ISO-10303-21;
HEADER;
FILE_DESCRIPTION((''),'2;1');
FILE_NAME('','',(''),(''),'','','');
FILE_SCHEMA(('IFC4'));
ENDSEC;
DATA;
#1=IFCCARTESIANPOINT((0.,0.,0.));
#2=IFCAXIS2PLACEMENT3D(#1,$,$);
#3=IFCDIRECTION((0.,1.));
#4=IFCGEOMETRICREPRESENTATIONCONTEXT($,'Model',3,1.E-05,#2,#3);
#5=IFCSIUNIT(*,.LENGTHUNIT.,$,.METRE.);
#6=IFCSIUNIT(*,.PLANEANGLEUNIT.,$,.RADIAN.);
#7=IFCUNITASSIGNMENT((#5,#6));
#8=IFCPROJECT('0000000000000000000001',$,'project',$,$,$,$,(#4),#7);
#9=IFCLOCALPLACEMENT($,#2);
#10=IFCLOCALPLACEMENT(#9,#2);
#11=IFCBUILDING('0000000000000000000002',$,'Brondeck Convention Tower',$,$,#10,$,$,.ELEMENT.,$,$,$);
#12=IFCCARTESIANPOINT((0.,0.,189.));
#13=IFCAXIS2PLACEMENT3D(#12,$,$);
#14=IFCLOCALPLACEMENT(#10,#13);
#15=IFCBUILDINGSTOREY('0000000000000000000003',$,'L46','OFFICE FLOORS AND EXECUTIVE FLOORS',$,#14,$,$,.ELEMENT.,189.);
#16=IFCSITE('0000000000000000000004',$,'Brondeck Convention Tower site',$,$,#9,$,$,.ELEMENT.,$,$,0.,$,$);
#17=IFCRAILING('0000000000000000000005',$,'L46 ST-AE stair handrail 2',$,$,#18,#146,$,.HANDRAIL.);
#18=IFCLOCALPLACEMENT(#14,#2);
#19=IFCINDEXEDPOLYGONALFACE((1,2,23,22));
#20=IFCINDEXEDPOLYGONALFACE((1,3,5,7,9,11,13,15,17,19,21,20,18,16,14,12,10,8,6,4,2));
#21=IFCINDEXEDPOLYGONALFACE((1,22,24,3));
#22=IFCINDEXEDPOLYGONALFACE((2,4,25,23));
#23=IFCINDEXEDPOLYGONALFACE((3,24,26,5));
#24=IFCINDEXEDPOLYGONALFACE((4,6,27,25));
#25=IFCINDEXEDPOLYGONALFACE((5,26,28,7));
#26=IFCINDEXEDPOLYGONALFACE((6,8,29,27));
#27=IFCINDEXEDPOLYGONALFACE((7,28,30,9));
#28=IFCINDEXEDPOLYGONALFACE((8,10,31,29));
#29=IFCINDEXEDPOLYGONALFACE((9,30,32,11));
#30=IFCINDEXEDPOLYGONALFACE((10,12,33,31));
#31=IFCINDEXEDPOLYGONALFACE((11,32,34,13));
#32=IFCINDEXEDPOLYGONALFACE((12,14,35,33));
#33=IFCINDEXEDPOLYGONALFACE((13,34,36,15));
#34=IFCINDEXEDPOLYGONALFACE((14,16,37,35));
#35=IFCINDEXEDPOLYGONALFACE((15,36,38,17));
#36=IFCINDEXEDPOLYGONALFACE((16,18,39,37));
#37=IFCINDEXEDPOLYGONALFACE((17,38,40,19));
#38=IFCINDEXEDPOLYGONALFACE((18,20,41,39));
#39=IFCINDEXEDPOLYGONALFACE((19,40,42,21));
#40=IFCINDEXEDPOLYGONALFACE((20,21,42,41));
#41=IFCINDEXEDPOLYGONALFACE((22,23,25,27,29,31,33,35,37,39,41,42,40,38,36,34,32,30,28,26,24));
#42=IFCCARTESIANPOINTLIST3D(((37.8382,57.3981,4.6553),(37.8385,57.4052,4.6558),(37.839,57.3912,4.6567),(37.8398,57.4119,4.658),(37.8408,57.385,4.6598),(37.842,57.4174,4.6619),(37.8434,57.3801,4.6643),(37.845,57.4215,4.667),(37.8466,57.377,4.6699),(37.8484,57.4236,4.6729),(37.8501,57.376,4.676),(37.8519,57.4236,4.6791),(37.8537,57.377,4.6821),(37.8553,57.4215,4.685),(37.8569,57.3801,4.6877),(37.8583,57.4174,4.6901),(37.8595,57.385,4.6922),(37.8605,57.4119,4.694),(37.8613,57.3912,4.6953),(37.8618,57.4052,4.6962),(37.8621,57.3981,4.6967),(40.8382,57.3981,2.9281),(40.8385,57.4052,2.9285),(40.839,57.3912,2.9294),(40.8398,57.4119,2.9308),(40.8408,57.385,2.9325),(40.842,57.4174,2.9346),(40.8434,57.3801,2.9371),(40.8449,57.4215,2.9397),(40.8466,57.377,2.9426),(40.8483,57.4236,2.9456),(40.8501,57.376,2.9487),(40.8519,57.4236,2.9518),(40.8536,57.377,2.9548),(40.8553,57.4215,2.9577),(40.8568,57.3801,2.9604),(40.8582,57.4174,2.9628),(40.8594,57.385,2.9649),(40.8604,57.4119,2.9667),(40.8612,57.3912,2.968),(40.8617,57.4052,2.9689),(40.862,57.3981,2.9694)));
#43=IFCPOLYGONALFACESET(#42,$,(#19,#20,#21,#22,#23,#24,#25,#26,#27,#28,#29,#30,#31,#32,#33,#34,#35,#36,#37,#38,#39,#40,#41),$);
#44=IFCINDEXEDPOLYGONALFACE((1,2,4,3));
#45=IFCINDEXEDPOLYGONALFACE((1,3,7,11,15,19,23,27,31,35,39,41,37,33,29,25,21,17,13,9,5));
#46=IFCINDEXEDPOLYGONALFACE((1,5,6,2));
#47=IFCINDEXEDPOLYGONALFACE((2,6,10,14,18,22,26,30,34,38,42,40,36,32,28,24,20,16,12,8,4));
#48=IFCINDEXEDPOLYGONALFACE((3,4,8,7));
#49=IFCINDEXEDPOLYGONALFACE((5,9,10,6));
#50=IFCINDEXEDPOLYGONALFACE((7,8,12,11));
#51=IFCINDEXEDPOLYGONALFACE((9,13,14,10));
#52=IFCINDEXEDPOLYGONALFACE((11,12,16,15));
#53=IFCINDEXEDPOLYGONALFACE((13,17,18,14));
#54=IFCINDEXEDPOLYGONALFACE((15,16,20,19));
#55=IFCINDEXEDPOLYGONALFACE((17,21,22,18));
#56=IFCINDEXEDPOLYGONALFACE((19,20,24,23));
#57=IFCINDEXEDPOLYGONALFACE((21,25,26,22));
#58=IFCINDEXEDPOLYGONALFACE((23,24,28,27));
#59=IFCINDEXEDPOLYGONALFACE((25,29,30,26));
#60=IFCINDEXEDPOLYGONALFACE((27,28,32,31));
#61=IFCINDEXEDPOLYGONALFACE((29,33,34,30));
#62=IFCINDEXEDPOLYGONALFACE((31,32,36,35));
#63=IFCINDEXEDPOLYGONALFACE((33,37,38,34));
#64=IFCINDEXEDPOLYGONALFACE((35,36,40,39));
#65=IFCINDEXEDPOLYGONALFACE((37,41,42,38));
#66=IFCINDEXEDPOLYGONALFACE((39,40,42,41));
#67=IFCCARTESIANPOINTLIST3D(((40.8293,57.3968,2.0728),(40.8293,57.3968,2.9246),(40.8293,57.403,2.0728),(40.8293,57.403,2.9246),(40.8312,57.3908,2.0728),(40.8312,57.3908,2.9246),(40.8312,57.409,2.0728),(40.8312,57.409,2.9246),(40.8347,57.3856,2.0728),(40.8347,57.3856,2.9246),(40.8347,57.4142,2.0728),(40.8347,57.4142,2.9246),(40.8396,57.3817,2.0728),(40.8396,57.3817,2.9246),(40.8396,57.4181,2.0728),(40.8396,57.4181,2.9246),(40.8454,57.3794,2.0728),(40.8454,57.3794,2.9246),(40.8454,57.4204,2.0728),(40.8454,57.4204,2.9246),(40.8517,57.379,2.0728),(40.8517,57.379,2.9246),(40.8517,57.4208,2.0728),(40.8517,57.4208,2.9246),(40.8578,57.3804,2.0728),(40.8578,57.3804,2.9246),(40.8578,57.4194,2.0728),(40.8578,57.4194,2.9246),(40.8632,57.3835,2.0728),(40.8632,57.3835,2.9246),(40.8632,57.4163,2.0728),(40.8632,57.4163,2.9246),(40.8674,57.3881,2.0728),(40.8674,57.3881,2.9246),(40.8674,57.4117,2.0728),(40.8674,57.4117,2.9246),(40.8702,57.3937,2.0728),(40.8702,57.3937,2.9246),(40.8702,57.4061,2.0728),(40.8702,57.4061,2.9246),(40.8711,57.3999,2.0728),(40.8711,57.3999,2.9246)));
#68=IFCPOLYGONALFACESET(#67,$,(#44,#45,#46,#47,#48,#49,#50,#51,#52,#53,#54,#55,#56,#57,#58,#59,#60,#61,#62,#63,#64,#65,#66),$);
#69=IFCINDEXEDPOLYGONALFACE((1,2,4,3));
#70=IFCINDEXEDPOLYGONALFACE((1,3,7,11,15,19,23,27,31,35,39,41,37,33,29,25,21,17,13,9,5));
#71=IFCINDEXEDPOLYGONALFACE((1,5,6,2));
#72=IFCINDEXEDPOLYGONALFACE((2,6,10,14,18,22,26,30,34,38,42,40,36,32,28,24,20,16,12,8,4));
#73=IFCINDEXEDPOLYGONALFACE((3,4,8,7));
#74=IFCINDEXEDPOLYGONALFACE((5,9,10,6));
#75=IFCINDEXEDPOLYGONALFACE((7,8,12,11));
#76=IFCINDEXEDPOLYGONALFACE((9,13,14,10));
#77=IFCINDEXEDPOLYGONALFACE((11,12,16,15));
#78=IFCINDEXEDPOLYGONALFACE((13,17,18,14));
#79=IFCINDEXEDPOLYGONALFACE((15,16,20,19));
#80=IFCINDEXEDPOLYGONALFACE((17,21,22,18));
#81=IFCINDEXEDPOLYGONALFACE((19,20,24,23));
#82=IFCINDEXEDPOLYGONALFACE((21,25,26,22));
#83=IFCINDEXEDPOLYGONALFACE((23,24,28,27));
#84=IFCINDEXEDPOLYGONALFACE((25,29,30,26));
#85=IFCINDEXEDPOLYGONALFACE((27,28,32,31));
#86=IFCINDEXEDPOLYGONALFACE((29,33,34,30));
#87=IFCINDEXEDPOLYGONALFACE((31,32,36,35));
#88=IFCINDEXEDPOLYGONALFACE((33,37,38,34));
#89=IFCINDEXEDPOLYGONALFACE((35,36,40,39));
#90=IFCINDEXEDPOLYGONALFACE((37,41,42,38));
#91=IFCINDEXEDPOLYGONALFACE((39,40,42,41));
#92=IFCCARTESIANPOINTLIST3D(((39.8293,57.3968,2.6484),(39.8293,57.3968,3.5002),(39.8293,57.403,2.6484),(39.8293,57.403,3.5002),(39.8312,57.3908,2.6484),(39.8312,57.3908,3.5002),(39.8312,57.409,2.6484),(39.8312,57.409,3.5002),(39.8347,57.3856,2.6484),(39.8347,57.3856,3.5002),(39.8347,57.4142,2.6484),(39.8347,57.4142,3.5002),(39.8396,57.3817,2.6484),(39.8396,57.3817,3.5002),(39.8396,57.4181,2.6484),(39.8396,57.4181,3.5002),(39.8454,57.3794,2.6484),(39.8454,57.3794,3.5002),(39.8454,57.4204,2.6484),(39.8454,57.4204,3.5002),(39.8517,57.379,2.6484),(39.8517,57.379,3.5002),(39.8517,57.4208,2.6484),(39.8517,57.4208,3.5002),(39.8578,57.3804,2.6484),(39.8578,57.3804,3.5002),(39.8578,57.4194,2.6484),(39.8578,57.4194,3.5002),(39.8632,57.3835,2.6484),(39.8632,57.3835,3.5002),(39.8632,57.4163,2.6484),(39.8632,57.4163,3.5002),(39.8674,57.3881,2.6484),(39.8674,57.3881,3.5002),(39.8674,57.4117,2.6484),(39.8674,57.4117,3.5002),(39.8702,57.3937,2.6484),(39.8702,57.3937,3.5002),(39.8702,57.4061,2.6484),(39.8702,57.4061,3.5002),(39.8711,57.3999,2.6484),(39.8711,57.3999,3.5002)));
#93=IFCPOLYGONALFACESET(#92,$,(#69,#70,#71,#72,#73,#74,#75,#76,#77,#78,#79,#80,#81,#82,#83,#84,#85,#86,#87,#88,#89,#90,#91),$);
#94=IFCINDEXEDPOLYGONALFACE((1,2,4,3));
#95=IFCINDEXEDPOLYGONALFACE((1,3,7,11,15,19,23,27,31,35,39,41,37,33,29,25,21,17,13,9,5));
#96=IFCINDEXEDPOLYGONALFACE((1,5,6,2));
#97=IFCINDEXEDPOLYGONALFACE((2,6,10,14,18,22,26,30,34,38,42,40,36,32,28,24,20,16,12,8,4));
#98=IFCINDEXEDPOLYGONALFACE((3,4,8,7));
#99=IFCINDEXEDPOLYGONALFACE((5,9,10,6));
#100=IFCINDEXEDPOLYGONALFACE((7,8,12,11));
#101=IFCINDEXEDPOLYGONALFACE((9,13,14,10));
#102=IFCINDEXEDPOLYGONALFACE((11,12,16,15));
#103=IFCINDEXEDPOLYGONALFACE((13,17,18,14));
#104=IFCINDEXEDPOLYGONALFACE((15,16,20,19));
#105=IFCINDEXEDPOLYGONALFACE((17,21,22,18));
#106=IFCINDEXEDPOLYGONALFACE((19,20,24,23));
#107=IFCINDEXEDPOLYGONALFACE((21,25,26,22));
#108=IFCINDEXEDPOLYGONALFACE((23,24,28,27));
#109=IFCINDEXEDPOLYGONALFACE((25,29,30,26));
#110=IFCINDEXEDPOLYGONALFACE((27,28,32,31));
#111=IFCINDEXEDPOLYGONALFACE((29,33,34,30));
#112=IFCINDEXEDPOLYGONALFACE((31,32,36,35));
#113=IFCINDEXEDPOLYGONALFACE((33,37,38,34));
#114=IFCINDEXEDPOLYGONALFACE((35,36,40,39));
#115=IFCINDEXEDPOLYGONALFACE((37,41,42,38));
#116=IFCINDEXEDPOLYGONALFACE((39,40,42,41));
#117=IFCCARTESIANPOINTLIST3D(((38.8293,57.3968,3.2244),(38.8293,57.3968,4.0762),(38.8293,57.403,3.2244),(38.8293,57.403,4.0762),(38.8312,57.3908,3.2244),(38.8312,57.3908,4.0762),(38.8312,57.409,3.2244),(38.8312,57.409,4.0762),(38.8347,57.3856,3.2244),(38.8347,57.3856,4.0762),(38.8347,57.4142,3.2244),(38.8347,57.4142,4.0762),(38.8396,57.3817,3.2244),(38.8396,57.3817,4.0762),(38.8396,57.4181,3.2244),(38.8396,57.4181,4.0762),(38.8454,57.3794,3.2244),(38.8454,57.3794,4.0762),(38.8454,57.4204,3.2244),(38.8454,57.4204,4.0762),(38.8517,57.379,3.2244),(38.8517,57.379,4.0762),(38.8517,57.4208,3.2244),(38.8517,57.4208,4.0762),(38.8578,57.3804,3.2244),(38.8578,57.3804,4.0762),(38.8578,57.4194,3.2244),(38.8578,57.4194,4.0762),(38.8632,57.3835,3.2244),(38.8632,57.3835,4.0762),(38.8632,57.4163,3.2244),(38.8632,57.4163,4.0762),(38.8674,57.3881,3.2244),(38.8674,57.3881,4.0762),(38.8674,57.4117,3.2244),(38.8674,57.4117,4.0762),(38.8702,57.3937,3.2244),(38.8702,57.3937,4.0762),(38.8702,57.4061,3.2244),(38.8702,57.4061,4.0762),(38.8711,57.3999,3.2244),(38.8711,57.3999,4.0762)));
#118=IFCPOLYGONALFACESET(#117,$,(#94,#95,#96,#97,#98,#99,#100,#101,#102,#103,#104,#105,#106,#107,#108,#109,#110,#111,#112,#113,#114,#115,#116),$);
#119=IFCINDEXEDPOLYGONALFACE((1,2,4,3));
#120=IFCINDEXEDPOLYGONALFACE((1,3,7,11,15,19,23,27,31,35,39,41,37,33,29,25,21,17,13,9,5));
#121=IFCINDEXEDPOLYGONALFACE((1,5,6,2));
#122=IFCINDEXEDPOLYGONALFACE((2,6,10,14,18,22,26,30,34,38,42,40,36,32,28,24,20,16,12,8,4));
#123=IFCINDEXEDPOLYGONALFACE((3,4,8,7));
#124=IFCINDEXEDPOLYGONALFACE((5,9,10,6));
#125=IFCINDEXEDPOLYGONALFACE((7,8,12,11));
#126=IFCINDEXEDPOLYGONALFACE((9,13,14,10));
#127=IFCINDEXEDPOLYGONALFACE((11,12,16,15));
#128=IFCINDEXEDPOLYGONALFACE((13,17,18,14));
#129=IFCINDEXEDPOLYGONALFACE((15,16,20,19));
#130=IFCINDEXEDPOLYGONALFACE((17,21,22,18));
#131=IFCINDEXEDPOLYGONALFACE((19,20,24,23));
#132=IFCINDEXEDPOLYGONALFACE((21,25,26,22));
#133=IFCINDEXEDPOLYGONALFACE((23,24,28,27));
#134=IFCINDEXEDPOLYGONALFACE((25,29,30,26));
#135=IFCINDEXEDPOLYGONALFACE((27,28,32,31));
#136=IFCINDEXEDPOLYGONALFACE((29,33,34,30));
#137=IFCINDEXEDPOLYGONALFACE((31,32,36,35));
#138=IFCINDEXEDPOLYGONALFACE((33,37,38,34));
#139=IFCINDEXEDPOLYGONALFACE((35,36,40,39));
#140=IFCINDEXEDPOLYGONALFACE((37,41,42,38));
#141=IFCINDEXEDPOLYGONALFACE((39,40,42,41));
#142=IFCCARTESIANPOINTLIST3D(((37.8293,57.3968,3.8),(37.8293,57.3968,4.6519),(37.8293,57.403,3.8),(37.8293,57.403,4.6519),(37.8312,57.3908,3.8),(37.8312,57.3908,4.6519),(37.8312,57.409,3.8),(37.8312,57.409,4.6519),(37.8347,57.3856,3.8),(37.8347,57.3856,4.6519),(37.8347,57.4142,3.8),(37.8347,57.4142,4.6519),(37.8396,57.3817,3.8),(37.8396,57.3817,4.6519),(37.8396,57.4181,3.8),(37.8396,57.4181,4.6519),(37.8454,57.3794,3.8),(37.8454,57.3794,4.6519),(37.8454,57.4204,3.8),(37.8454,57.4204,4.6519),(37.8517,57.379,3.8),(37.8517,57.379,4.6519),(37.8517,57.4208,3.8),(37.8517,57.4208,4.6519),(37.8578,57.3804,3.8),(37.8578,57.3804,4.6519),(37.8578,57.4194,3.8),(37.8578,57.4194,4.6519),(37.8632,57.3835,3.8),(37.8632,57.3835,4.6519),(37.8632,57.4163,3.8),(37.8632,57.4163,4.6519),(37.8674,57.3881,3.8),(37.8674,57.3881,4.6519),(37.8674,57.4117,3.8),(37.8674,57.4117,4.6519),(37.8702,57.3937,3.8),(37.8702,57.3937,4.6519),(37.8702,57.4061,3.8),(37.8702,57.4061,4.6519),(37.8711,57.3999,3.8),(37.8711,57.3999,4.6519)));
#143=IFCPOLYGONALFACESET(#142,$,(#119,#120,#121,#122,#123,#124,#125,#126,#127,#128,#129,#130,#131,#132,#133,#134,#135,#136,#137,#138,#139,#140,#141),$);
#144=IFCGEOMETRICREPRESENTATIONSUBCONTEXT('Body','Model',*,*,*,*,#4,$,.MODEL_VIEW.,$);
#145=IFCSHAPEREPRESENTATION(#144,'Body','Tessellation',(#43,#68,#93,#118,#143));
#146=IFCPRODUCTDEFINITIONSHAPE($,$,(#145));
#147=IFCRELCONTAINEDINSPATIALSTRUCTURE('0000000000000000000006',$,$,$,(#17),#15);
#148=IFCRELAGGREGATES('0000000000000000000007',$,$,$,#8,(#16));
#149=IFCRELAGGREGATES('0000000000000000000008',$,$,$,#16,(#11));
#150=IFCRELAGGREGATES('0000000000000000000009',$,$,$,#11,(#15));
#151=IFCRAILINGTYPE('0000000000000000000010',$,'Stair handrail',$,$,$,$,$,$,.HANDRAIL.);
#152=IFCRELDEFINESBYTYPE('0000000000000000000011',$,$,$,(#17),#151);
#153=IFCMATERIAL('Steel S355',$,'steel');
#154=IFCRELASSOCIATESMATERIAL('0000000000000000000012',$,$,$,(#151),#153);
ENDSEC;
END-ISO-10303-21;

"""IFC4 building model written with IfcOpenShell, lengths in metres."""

from ifc_helpers import new_model, si_unit, direction, frame, origin, origin_2d, place, context, subcontext, project, spatial, circle, extrude, material, type_object, element, save


model = new_model("IFC4")

# Units and contexts
model_context = context("Model", 3, precision=1e-05, world=origin(), true_north=direction((0.0, 1.0)))
body_context = subcontext(model_context, "Body", "Model", "MODEL_VIEW")
ifc_project = project(units=[si_unit("LENGTHUNIT", "METRE"), si_unit("PLANEANGLEUNIT", "RADIAN")], contexts=[model_context])

# Site, building, storey
site_placement = place(None, origin())
site = spatial("IfcSite", under=ifc_project, at=site_placement, Name="Brondeck Convention Tower site", CompositionType="ELEMENT", RefElevation=0.0)
building_placement = place(site_placement, origin())
building = spatial("IfcBuilding", under=site, at=building_placement, Name="Brondeck Convention Tower", CompositionType="ELEMENT")
storey_placement = place(building_placement, frame((0.0, 0.0, 189.0)))
storey = spatial("IfcBuildingStorey", under=building, at=storey_placement, Name="L46", Description="OFFICE FLOORS AND EXECUTIVE FLOORS", CompositionType="ELEMENT", Elevation=189.0)

# Shared definitions
ifc_material_1 = material(Name="Steel S355", Category="steel")

# Railing
railing_type = type_object("IfcRailingType", Name="Stair handrail", PredefinedType="HANDRAIL", material=ifc_material_1)
for number, where, name in (
    (1, (40.8501, 57.3999, 2.0728), "L46 ST-AE stair handrail 2"),
):
    element("IfcRailing", number, at=place(storey_placement, frame(where)), inside=storey, type_object=railing_type, Name=name, PredefinedType="HANDRAIL", context=body_context, shape_type="SweptSolid", body=[
        extrude(circle(Radius=0.0239, at=origin_2d()), frame((0.0, 0.0, 0.876), z_axis=(-0.86662, 0.0, 0.498969), x_axis=(0.0, -1.0, 0.0)), (0.0, 0.0, 1.0), 3.4617),
        extrude(circle(Radius=0.021, at=origin_2d()), origin(), (0.0, 0.0, 1.0), 0.8518),
        extrude(circle(Radius=0.021, at=origin_2d()), frame((-1.0, 0.0, 0.5757)), (0.0, 0.0, 1.0), 0.8518),
        extrude(circle(Radius=0.021, at=origin_2d()), frame((-2.0, 0.0, 1.1516)), (0.0, 0.0, 1.0), 0.8518),
        extrude(circle(Radius=0.021, at=origin_2d()), frame((-3.0, 0.0, 1.7273)), (0.0, 0.0, 1.0), 0.8518),
    ])

save(model, "model.ifc")
